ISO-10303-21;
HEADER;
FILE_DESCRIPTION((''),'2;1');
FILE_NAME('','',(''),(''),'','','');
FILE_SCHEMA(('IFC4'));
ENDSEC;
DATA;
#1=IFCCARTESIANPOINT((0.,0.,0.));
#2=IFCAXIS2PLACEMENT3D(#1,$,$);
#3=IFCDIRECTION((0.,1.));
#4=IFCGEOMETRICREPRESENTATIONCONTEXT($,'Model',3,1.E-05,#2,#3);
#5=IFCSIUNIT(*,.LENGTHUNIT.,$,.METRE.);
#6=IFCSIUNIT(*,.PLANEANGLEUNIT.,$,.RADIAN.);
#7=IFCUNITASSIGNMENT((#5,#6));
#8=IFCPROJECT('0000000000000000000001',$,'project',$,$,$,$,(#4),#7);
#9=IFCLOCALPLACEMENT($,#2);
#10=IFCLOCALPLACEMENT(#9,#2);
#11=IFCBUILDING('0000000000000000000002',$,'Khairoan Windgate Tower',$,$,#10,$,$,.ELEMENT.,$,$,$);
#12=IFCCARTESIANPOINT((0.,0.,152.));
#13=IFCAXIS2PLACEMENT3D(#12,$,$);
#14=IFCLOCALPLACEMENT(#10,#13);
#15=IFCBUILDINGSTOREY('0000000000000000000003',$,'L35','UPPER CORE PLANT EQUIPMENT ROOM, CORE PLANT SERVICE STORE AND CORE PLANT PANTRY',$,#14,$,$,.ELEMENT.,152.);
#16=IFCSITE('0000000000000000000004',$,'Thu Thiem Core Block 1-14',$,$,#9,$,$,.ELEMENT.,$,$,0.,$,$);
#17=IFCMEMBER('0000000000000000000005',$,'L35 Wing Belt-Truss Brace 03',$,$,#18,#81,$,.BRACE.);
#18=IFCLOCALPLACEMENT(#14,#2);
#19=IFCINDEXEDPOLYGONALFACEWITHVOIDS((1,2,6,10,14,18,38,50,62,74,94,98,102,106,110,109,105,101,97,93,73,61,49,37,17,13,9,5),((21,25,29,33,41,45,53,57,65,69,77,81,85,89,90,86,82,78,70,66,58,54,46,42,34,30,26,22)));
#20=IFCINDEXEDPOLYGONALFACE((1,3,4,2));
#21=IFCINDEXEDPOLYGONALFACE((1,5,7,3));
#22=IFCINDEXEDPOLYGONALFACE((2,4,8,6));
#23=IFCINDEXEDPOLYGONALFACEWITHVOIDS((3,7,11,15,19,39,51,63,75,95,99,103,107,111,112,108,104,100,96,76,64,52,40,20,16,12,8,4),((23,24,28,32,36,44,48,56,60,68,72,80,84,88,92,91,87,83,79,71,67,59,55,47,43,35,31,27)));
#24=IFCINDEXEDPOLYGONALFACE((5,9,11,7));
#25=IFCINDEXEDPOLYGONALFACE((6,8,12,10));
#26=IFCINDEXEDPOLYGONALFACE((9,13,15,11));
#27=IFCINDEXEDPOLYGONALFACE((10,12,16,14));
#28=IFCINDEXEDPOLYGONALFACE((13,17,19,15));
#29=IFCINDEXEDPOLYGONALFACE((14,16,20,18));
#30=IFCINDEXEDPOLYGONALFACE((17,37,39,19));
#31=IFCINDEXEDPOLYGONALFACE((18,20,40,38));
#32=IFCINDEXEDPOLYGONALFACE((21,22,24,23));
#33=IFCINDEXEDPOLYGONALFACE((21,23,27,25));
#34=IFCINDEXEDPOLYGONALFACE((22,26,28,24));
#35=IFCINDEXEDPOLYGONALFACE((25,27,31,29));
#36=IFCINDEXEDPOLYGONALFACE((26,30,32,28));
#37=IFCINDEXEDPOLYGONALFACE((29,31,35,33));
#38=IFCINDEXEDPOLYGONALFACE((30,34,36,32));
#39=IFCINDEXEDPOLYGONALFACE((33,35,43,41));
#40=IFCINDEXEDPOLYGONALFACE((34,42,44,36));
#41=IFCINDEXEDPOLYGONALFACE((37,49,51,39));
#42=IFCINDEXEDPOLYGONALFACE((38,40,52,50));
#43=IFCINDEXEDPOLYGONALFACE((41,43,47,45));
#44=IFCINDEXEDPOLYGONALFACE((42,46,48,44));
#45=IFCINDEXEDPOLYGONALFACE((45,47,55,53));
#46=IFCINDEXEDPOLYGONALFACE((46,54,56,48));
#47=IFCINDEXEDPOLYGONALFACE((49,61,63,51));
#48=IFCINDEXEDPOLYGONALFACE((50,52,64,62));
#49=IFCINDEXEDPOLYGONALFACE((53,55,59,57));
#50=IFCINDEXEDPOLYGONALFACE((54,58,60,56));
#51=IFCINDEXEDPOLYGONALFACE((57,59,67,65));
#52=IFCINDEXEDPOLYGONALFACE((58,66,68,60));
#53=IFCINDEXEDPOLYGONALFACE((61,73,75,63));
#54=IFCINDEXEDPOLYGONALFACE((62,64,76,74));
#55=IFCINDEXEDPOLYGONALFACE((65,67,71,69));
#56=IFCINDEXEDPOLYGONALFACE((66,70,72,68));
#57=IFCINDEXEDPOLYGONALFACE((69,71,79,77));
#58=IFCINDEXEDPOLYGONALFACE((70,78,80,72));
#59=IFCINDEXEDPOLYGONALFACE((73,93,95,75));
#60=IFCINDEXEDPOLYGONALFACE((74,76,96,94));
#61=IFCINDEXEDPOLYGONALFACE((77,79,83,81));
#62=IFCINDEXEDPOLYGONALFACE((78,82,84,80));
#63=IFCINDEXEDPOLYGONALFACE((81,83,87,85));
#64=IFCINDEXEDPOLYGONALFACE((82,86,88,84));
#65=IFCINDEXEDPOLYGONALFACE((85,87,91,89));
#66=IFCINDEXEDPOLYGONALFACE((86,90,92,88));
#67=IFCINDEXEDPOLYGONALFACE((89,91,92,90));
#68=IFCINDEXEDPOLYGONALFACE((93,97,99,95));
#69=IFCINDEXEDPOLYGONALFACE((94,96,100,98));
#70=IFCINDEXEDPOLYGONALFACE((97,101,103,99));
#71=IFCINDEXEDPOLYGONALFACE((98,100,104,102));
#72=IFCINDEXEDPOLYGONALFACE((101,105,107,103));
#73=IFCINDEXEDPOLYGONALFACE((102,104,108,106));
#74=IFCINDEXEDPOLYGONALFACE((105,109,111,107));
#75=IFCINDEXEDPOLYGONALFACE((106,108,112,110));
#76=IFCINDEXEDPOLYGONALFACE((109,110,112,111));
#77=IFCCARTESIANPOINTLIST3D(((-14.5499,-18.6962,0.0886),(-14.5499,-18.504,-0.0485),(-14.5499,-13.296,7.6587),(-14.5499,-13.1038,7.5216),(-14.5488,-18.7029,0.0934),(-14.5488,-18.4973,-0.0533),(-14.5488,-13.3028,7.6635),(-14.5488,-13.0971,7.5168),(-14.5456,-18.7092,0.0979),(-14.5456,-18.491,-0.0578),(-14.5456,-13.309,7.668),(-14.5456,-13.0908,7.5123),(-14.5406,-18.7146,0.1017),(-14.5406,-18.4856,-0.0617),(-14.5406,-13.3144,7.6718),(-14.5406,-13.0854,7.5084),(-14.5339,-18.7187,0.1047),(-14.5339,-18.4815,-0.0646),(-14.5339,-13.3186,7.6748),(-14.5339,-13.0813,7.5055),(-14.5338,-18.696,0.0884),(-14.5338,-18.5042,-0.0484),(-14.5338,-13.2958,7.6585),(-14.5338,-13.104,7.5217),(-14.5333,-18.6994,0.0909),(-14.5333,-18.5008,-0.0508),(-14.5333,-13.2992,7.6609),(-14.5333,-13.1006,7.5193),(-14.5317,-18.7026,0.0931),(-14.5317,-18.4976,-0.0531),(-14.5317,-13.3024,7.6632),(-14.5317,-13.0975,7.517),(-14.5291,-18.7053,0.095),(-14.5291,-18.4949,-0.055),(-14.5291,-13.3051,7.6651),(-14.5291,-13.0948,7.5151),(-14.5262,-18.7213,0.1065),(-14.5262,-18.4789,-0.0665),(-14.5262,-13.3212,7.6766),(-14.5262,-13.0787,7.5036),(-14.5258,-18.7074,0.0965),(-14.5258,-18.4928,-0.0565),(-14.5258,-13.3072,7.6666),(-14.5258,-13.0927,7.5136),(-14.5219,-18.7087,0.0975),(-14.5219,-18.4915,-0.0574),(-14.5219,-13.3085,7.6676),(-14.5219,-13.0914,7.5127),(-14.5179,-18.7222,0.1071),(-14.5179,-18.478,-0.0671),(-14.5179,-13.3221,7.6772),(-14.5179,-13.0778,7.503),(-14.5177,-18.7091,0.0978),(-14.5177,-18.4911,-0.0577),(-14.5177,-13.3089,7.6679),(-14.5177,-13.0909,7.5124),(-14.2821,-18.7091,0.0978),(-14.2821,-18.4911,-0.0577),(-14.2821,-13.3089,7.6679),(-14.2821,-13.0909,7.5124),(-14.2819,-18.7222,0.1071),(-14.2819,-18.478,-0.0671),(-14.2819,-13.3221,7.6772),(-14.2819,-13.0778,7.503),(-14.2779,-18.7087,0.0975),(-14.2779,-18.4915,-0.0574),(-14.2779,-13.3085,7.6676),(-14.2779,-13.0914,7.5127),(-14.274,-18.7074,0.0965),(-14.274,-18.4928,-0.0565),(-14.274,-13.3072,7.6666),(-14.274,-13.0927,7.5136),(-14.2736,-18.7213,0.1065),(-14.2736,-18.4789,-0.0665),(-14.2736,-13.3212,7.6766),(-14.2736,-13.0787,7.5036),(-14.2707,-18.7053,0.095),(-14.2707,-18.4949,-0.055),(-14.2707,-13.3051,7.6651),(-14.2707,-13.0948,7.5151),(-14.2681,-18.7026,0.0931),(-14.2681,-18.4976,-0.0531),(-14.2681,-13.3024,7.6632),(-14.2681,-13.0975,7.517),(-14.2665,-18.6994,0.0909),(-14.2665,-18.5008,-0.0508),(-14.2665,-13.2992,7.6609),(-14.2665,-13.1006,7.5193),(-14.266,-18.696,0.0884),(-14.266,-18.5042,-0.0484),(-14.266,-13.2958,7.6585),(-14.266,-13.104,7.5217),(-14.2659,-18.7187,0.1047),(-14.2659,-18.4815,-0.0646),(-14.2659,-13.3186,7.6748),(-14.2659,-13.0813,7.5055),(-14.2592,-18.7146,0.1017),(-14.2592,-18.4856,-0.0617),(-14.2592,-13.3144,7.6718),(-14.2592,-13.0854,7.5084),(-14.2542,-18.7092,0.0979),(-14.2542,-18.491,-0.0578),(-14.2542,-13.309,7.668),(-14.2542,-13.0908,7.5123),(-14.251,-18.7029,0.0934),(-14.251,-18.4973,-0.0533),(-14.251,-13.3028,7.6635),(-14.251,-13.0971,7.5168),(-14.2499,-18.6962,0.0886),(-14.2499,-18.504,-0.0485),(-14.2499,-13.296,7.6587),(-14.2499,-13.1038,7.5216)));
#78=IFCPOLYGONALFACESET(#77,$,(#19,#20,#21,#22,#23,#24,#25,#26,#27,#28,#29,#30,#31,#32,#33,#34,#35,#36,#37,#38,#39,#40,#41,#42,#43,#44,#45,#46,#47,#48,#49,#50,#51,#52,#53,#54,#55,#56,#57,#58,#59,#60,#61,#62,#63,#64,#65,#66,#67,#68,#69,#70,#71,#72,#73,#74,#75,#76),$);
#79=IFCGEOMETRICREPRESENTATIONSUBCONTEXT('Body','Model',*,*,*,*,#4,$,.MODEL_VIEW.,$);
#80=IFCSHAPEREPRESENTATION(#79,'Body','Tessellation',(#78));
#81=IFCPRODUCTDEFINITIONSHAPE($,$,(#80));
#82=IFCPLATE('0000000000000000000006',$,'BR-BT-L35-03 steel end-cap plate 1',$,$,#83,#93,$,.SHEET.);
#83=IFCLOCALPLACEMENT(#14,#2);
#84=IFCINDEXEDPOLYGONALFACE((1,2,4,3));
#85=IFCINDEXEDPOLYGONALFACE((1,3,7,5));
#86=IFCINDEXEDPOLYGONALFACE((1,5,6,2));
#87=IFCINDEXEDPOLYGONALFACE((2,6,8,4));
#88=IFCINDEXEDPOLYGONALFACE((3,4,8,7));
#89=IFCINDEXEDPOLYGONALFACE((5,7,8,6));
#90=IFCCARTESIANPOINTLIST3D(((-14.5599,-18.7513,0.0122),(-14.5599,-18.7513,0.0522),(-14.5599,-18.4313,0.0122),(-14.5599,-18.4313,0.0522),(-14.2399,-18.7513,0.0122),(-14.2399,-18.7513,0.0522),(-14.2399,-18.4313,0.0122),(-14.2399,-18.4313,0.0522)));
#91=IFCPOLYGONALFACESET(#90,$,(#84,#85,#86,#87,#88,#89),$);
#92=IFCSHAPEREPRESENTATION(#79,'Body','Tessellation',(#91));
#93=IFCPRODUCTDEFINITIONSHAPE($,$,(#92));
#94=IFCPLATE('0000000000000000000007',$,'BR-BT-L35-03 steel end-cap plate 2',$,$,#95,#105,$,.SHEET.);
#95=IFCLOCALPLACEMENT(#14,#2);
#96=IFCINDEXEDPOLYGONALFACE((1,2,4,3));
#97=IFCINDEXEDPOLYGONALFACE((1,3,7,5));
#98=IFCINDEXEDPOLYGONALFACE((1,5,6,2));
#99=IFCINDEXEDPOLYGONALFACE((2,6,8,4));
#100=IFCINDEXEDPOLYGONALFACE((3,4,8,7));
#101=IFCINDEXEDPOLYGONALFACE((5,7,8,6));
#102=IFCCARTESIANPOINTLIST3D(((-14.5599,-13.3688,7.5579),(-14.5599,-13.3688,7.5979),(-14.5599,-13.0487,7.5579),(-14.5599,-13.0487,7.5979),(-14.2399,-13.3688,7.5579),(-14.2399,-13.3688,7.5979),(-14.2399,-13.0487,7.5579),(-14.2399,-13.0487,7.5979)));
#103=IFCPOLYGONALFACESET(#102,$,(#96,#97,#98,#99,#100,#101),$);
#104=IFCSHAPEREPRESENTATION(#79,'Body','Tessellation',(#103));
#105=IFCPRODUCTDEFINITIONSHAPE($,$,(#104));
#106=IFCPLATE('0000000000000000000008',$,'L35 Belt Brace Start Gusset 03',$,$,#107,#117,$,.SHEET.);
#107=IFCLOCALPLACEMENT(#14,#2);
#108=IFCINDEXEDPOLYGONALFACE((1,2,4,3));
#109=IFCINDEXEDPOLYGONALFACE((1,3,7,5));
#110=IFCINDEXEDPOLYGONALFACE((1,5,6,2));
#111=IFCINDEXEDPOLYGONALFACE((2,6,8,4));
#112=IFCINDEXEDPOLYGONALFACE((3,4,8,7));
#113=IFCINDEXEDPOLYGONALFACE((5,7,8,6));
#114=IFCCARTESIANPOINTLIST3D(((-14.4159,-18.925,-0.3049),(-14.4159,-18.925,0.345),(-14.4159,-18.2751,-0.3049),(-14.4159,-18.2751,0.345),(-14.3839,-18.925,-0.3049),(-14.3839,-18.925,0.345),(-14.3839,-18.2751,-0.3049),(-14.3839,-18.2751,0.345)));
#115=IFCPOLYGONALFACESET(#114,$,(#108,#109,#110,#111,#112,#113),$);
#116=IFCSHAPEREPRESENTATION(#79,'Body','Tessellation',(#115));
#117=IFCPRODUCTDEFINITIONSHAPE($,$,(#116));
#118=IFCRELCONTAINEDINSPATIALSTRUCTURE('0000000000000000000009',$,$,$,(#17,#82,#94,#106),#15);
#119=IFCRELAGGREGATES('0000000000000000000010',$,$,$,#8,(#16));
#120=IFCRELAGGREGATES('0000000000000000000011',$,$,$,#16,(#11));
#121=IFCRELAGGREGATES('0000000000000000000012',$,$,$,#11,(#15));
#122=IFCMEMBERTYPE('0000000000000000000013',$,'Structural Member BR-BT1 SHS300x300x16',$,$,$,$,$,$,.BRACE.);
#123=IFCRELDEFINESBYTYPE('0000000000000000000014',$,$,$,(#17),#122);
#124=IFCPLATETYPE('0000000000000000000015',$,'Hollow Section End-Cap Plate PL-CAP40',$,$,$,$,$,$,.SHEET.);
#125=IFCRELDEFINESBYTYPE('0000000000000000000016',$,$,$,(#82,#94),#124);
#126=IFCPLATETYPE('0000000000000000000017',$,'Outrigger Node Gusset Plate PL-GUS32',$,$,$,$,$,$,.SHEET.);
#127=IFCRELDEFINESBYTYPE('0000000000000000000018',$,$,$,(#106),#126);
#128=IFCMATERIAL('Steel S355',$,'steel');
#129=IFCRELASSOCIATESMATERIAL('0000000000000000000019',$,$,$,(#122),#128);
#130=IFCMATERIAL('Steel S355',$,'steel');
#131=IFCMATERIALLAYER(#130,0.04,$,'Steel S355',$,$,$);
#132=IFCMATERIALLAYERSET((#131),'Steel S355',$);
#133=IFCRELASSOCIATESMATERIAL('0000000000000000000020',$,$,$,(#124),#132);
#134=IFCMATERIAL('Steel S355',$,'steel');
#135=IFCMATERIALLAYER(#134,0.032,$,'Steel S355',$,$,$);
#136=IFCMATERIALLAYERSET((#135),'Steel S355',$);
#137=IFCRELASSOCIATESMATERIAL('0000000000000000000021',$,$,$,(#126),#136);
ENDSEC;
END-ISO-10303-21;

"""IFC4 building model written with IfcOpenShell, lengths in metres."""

from ifc_helpers import new_model, si_unit, direction, frame, origin, origin_2d, place, context, subcontext, project, spatial, rectangle, hollow_rectangle, extrude, material, layer, layer_set, material_profile, profile_set, type_object, element, save


model = new_model("IFC4")

# Units and contexts
model_context = context("Model", 3, precision=1e-05, world=origin(), true_north=direction((0.0, 1.0)))
body_context = subcontext(model_context, "Body", "Model", "MODEL_VIEW")
ifc_project = project(units=[si_unit("LENGTHUNIT", "METRE"), si_unit("PLANEANGLEUNIT", "RADIAN")], contexts=[model_context])

# Site, building, storey
site_placement = place(None, origin())
site = spatial("IfcSite", under=ifc_project, at=site_placement, Name="Thu Thiem Core Block 1-14", CompositionType="ELEMENT", RefElevation=0.0)
building_placement = place(site_placement, origin())
building = spatial("IfcBuilding", under=site, at=building_placement, Name="Khairoan Windgate Tower", CompositionType="ELEMENT")
storey_placement = place(building_placement, frame((0.0, 0.0, 152.0)))
storey = spatial("IfcBuildingStorey", under=building, at=storey_placement, Name="L35", Description="UPPER CORE PLANT EQUIPMENT ROOM, CORE PLANT SERVICE STORE AND CORE PLANT PANTRY", CompositionType="ELEMENT", Elevation=152.0)

# Member
ifc_material_1 = material(Name="Steel S355", Category="steel")
ifc_material_profile_1 = material_profile(ifc_material_1, hollow_rectangle(XDim=0.3, YDim=0.3, WallThickness=0.0161, InnerFilletRadius=0.0161, OuterFilletRadius=0.032, at=origin_2d()))
ifc_profile_set_1 = profile_set([ifc_material_profile_1], Name="Steel S355")
member_type = type_object("IfcMemberType", Name="Structural Member BR-BT1 SHS300x300x16", PredefinedType="BRACE", material=ifc_profile_set_1)
member_placement = place(storey_placement, frame((-14.3999, -18.6001, 0.02), z_axis=(0.0, 0.580736, 0.814092), x_axis=(0.0, -0.814092, 0.580736)))
element("IfcMember", 1, at=member_placement, inside=storey, type_object=member_type, Name="L35 Wing Belt-Truss Brace 03", PredefinedType="BRACE", context=body_context, shape_type="SweptSolid", body=[
    extrude(hollow_rectangle(XDim=0.3, YDim=0.3, WallThickness=0.0161, InnerFilletRadius=0.0161, OuterFilletRadius=0.032, at=origin_2d()), origin(), (0.0, 0.0, 1.0), 9.2988),
])

# Plates
ifc_material_2 = material(Name="Steel S355", Category="steel")
ifc_layer_1 = layer(ifc_material_2, 0.04, Name="Steel S355")
ifc_layer_set_1 = layer_set([ifc_layer_1], Name="Steel S355")
plate_type_1 = type_object("IfcPlateType", Name="Hollow Section End-Cap Plate PL-CAP40", PredefinedType="SHEET", material=ifc_layer_set_1)
for number, where, z_axis, x_axis, name in (
    (2, (-14.3999, -18.5913, 0.0122), (0.0, 0.0, 1.0), (0.0, 1.0, 0.0), "BR-BT-L35-03 steel end-cap plate 1"),
    (3, (-14.3999, -13.2087, 7.5579), (0.0, 0.0, 1.0), (0.0, 1.0, 0.0), "BR-BT-L35-03 steel end-cap plate 2"),
):
    element("IfcPlate", number, at=place(storey_placement, frame(where, z_axis=z_axis, x_axis=x_axis)), inside=storey, type_object=plate_type_1, Name=name, PredefinedType="SHEET", context=body_context, shape_type="SweptSolid", body=[
        extrude(rectangle(XDim=0.3201, YDim=0.3201, at=origin_2d()), origin(), (0.0, 0.0, 1.0), 0.04),
    ])
ifc_material_3 = material(Name="Steel S355", Category="steel")
ifc_layer_2 = layer(ifc_material_3, 0.032, Name="Steel S355")
ifc_layer_set_2 = layer_set([ifc_layer_2], Name="Steel S355")
plate_type_2 = type_object("IfcPlateType", Name="Outrigger Node Gusset Plate PL-GUS32", PredefinedType="SHEET", material=ifc_layer_set_2)
plate_placement = place(storey_placement, frame((-14.3999, -18.6001, -0.3049), z_axis=(0.0, 0.0, 1.0), x_axis=(1.0, 0.0, 0.0)))
element("IfcPlate", 4, at=plate_placement, inside=storey, type_object=plate_type_2, Name="L35 Belt Brace Start Gusset 03", PredefinedType="SHEET", context=body_context, shape_type="SweptSolid", body=[
    extrude(rectangle(XDim=0.032, YDim=0.6499, at=origin_2d()), origin(), (0.0, 0.0, 1.0), 0.6499),
])

save(model, "model.ifc")
